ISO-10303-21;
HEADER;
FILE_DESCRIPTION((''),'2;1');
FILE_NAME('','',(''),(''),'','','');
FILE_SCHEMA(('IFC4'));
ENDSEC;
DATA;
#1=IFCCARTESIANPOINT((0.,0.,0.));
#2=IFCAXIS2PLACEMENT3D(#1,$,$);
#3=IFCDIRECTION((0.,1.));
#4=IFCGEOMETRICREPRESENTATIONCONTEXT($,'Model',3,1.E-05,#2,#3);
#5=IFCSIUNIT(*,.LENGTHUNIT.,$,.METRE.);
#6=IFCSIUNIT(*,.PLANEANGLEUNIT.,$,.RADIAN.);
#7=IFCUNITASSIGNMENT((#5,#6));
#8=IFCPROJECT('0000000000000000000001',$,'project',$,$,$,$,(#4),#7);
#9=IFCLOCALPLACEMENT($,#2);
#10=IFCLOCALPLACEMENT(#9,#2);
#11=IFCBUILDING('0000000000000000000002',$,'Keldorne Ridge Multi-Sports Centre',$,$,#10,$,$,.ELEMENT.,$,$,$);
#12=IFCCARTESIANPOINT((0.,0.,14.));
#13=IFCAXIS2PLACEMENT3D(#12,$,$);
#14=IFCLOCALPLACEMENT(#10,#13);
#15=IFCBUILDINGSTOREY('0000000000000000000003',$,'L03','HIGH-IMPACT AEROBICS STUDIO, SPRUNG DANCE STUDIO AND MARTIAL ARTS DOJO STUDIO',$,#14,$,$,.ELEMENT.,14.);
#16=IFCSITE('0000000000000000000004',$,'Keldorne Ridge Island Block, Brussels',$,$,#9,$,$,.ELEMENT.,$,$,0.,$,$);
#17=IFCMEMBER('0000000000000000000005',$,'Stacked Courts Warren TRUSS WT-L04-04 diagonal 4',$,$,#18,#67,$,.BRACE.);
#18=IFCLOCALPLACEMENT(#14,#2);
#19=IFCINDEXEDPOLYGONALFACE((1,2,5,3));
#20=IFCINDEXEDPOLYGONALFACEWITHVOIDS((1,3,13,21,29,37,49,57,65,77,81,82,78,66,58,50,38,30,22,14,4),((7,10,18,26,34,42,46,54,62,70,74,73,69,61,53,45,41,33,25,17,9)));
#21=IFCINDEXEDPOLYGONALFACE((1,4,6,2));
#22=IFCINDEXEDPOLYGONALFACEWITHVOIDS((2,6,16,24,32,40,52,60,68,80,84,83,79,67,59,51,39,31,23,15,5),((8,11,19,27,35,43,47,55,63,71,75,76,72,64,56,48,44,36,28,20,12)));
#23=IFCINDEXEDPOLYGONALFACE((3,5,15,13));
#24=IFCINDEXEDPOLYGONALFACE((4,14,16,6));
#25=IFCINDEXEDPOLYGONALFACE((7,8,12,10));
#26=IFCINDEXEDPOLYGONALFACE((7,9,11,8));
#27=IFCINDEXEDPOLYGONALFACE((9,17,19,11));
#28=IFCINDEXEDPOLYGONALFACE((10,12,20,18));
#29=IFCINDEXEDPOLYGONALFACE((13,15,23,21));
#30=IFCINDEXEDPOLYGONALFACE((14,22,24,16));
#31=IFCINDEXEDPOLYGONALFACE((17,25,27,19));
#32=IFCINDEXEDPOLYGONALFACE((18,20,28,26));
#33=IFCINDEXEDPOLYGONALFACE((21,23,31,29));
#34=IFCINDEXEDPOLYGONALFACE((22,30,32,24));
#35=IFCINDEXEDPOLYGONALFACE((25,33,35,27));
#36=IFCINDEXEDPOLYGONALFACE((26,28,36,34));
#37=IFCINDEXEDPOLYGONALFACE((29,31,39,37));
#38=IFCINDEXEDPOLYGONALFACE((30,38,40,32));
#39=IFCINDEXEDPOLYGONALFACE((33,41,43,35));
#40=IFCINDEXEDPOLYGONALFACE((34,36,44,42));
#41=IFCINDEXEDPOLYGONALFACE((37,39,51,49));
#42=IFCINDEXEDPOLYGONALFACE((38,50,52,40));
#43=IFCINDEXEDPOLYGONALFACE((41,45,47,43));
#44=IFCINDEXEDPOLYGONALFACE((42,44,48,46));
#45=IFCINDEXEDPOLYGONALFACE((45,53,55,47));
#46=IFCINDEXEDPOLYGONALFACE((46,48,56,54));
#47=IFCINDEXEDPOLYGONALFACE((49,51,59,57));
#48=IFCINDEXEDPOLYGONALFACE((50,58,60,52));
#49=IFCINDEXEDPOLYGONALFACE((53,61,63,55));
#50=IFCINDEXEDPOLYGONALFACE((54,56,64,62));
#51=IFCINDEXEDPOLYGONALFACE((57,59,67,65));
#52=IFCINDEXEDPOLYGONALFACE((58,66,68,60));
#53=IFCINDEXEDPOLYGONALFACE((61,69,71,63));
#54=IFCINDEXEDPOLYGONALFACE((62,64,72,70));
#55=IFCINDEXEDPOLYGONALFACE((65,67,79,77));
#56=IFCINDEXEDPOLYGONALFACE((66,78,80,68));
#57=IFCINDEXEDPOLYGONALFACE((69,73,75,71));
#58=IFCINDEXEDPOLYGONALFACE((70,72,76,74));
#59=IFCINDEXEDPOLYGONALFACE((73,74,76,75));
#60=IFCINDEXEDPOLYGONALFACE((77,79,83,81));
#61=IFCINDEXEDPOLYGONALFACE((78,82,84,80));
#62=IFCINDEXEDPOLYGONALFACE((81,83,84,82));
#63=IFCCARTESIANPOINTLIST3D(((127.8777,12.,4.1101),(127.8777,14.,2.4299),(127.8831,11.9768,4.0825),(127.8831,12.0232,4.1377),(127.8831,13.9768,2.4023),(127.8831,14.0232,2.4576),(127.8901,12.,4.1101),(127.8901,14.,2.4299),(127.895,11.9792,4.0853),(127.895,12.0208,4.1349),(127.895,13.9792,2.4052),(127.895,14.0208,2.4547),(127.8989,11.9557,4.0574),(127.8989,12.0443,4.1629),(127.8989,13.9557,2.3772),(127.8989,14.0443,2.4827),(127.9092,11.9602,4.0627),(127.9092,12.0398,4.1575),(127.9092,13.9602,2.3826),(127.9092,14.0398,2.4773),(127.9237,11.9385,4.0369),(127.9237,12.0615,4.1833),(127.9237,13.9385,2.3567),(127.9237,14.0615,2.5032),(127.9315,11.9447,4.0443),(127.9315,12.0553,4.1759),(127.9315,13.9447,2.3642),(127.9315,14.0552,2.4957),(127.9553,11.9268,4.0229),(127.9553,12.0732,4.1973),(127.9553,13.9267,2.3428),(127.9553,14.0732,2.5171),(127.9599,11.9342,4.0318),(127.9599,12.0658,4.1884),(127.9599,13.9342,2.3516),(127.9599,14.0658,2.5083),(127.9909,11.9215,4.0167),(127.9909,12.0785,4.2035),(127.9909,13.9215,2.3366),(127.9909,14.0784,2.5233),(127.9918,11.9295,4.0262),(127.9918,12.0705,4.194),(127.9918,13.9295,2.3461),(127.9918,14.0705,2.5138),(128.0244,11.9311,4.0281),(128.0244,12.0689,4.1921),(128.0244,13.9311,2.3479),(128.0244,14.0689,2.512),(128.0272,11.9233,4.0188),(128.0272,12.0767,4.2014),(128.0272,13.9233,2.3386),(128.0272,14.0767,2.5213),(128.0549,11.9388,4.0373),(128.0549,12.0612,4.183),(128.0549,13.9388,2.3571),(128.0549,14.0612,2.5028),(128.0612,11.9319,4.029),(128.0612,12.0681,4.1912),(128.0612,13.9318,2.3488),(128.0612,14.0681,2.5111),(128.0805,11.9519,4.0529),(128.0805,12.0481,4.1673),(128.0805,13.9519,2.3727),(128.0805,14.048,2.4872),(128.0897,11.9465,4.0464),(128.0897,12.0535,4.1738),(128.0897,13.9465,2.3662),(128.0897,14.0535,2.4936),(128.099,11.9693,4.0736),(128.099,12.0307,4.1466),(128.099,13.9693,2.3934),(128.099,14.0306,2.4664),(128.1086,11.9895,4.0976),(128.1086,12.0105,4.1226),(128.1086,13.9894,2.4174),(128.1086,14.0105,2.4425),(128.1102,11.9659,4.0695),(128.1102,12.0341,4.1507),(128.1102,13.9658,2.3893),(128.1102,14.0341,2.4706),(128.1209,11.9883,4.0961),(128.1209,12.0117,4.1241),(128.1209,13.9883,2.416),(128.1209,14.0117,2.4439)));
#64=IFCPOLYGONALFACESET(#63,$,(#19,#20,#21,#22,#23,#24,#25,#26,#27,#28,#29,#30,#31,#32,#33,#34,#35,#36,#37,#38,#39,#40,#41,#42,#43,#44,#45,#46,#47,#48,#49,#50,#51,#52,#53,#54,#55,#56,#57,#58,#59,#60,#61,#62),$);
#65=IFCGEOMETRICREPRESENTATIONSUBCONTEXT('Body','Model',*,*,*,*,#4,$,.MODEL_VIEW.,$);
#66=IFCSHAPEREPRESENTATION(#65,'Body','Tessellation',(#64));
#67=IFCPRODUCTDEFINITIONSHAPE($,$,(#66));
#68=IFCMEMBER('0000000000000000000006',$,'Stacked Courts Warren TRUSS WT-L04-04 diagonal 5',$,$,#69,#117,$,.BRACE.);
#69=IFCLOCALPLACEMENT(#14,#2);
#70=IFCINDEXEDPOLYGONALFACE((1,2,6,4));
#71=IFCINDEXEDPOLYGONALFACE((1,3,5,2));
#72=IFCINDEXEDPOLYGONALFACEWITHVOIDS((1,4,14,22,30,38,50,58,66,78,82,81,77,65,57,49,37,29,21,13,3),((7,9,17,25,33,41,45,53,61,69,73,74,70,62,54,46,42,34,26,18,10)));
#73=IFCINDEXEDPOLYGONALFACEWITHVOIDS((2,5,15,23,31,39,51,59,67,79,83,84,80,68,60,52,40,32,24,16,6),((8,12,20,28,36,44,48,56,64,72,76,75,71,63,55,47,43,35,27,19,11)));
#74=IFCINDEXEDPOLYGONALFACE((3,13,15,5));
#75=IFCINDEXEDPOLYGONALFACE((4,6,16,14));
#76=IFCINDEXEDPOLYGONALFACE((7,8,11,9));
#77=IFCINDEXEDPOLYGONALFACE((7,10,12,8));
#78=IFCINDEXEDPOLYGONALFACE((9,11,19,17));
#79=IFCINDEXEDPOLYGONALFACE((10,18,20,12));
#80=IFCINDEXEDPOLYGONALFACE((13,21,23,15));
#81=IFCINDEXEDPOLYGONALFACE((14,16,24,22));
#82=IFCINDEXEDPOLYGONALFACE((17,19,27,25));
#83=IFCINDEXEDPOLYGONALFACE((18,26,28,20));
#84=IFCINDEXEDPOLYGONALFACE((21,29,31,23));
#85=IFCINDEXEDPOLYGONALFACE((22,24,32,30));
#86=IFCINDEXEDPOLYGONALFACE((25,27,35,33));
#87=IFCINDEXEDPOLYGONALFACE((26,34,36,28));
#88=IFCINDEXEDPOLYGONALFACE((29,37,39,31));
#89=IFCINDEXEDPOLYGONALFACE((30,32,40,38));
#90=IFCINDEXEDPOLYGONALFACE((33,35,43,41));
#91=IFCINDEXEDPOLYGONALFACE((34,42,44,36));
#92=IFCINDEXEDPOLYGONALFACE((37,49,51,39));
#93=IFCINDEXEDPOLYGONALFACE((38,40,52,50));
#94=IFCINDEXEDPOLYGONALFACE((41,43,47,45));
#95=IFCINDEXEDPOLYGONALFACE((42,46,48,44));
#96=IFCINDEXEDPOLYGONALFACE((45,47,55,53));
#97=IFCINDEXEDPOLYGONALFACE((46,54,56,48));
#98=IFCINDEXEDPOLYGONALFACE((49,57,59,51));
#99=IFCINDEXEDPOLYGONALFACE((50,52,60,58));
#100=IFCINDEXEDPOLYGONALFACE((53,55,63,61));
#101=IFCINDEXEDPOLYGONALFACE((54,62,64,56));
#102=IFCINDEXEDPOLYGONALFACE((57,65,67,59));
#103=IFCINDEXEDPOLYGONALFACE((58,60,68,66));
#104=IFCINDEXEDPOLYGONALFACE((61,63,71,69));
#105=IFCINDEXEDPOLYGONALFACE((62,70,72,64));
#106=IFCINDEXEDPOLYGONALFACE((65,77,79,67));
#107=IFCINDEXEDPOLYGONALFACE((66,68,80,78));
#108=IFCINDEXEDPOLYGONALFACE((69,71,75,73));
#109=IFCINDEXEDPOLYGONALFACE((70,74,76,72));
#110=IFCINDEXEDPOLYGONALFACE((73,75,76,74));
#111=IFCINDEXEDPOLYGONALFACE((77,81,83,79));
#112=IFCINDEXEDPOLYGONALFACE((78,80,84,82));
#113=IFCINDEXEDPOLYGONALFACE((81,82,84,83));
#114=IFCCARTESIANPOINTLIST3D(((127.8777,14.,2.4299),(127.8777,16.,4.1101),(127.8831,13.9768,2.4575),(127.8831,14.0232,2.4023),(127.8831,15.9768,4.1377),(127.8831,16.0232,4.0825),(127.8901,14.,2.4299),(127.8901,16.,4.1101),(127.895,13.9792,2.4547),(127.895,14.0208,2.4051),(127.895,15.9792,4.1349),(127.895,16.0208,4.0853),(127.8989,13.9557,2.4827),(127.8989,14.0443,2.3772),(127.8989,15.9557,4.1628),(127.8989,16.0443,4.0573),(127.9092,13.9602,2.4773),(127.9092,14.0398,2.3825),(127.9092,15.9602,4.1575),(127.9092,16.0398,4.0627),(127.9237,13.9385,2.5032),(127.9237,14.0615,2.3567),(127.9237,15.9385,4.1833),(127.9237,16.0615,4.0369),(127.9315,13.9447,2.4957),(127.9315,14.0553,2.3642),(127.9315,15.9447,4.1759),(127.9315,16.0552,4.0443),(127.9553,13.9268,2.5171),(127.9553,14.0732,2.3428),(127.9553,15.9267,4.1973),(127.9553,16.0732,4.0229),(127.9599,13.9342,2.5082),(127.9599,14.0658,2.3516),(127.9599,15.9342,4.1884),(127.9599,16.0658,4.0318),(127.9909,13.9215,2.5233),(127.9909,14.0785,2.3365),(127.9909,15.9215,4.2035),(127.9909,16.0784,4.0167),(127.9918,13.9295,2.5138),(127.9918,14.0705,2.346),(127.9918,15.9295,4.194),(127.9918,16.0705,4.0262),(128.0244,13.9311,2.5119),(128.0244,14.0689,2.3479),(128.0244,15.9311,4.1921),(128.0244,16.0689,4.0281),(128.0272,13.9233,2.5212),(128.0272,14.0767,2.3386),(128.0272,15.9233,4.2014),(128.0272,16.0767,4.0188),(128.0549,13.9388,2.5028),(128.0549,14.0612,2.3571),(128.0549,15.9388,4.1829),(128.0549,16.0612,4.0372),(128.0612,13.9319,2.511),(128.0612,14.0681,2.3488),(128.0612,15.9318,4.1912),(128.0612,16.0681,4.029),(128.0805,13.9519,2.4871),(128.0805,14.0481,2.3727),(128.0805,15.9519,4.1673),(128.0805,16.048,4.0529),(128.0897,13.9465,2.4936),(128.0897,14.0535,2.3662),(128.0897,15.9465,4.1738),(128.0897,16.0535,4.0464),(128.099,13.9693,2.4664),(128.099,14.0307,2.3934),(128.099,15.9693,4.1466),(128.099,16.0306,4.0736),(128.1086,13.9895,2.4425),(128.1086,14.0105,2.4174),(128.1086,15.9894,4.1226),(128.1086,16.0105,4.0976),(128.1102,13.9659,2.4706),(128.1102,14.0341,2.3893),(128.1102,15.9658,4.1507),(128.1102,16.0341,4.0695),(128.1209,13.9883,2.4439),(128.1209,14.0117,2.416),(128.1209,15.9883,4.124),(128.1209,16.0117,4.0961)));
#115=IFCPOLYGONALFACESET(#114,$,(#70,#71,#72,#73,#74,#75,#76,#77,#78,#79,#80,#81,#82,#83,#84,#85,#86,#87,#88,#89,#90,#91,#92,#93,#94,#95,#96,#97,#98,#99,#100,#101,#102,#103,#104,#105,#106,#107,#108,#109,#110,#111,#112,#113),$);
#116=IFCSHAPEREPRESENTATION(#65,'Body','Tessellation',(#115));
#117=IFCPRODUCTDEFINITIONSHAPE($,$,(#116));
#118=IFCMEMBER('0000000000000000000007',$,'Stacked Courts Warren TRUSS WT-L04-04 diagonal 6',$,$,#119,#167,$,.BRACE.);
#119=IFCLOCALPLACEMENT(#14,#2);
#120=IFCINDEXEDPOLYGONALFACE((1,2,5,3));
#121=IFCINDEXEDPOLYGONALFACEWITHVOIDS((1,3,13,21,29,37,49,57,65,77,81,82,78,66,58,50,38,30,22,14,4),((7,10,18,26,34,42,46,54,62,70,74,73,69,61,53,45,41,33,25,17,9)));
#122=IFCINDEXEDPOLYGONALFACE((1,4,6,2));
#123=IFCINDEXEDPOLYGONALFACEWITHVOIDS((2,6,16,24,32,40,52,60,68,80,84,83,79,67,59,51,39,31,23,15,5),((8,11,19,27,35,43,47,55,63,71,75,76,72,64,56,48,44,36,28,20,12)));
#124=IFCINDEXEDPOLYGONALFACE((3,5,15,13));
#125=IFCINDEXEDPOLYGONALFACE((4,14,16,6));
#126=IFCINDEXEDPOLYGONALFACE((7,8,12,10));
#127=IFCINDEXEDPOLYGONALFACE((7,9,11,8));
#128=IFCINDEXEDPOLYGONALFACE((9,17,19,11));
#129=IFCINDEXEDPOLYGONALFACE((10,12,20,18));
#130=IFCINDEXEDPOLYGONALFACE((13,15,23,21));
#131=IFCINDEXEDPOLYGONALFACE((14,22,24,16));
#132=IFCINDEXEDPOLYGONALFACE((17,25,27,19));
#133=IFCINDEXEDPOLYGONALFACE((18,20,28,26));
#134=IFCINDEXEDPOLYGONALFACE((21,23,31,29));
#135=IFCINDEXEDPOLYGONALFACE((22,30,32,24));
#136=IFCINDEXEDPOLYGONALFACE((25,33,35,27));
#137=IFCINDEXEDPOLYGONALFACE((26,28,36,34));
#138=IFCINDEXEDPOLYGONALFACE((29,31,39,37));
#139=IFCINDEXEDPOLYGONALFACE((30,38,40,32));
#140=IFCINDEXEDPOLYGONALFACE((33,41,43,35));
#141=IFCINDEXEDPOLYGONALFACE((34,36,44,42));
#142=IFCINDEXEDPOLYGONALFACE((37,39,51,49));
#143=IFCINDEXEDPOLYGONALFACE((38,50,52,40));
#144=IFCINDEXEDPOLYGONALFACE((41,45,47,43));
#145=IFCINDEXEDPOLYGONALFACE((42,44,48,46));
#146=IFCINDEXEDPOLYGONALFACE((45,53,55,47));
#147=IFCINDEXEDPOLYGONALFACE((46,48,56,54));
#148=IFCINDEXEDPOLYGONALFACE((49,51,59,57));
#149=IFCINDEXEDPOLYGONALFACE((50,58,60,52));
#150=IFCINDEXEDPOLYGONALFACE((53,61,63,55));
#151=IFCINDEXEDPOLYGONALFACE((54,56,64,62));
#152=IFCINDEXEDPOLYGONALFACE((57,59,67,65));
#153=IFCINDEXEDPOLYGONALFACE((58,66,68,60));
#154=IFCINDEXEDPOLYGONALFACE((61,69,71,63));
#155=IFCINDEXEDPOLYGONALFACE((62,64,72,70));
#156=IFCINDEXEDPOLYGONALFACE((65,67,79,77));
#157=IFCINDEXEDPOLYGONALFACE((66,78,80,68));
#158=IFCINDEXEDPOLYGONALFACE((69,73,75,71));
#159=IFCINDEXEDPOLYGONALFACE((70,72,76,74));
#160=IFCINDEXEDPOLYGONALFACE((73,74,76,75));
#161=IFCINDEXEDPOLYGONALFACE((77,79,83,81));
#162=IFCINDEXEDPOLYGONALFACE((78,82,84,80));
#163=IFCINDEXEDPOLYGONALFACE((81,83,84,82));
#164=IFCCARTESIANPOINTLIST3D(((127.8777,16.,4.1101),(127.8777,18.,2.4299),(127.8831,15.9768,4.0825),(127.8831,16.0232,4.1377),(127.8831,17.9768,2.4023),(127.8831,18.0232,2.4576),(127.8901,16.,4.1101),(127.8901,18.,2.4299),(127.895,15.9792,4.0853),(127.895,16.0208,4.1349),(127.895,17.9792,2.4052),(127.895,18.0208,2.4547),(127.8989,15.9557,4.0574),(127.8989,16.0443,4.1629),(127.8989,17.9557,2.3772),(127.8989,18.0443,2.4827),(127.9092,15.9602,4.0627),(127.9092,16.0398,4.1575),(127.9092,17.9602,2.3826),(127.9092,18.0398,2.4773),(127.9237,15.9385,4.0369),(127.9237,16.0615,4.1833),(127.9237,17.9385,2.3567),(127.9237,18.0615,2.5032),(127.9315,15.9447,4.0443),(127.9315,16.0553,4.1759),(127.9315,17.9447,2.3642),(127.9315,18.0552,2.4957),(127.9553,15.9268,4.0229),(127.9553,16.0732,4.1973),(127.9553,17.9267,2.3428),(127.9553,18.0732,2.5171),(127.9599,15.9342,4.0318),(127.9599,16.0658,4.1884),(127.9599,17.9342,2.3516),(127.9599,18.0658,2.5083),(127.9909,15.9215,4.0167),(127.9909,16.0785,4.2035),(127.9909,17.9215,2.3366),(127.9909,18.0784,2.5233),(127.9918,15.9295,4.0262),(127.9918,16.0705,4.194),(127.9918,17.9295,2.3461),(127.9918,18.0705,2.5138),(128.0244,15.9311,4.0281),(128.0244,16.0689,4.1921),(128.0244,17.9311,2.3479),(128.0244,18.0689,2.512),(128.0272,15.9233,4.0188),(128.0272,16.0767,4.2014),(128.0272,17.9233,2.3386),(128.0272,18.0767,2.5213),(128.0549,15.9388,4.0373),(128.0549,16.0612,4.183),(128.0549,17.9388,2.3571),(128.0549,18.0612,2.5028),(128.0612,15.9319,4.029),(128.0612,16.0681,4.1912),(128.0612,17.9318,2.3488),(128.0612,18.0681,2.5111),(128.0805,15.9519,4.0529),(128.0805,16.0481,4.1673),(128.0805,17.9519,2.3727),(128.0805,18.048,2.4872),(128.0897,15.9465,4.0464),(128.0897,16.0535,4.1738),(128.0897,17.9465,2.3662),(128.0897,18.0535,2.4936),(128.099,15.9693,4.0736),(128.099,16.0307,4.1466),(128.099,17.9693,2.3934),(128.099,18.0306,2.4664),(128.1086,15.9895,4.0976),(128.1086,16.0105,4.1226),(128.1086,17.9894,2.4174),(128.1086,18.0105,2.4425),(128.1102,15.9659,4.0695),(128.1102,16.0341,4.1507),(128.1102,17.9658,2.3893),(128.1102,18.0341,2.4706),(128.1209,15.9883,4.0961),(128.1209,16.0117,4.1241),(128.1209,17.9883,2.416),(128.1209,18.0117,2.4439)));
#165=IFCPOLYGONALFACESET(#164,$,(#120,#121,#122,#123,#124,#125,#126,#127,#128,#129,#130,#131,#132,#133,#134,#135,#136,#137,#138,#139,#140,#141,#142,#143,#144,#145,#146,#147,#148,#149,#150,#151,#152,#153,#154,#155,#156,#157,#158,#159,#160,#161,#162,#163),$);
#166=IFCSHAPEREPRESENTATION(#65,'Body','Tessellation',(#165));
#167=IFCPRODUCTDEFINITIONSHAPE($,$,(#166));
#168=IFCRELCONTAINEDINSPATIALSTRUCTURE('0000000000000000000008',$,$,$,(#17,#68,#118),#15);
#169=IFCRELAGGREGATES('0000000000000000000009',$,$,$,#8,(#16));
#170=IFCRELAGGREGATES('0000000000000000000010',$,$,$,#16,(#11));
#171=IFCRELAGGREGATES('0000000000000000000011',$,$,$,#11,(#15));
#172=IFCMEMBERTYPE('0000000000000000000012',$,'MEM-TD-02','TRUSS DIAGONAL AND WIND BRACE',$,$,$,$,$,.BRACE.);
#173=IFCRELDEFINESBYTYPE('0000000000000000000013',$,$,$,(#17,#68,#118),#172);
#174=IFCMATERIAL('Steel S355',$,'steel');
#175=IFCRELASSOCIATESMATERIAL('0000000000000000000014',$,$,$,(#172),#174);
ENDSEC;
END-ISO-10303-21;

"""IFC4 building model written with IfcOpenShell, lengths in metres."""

from ifc_helpers import new_model, si_unit, direction, frame, origin, origin_2d, place, context, subcontext, project, spatial, hollow_circle, extrude, material, material_profile, profile_set, type_object, element, save


model = new_model("IFC4")

# Units and contexts
model_context = context("Model", 3, precision=1e-05, world=origin(), true_north=direction((0.0, 1.0)))
body_context = subcontext(model_context, "Body", "Model", "MODEL_VIEW")
ifc_project = project(units=[si_unit("LENGTHUNIT", "METRE"), si_unit("PLANEANGLEUNIT", "RADIAN")], contexts=[model_context])

# Site, building, storey
site_placement = place(None, origin())
site = spatial("IfcSite", under=ifc_project, at=site_placement, Name="Keldorne Ridge Island Block, Brussels", CompositionType="ELEMENT", RefElevation=0.0)
building_placement = place(site_placement, origin())
building = spatial("IfcBuilding", under=site, at=building_placement, Name="Keldorne Ridge Multi-Sports Centre", CompositionType="ELEMENT")
storey_placement = place(building_placement, frame((0.0, 0.0, 14.0)))
storey = spatial("IfcBuildingStorey", under=building, at=storey_placement, Name="L03", Description="HIGH-IMPACT AEROBICS STUDIO, SPRUNG DANCE STUDIO AND MARTIAL ARTS DOJO STUDIO", CompositionType="ELEMENT", Elevation=14.0)

# Members
ifc_material = material(Name="Steel S355", Category="steel")
ifc_material_profile_1 = material_profile(ifc_material, hollow_circle(Radius=0.1223, WallThickness=0.0125, at=origin_2d()), Name="CHS 244.5x12.5")
ifc_profile_set_1 = profile_set([ifc_material_profile_1], Name="Steel S355")
member_type_1 = type_object("IfcMemberType", Name="MEM-TD-02", Description="TRUSS DIAGONAL AND WIND BRACE", PredefinedType="BRACE", material=ifc_profile_set_1)
for number, where, z_axis, x_axis, name in (
    (1, (128.0, 12.0, 4.1101), (0.0, 0.765672, -0.643232), (-1.0, 0.0, 0.0), "Stacked Courts Warren TRUSS WT-L04-04 diagonal 4"),
    (2, (128.0, 14.0, 2.4299), (0.0, 0.765672, 0.643232), (-1.0, 0.0, 0.0), "Stacked Courts Warren TRUSS WT-L04-04 diagonal 5"),
    (3, (128.0, 16.0, 4.1101), (0.0, 0.765672, -0.643232), (-1.0, 0.0, 0.0), "Stacked Courts Warren TRUSS WT-L04-04 diagonal 6"),
):
    element("IfcMember", number, at=place(storey_placement, frame(where, z_axis=z_axis, x_axis=x_axis)), inside=storey, type_object=member_type_1, Name=name, PredefinedType="BRACE", context=body_context, shape_type="SweptSolid", body=[
        extrude(hollow_circle(Radius=0.1223, WallThickness=0.0125, at=origin_2d()), origin(), (0.0, 0.0, 1.0), 2.6121),
    ])

save(model, "model.ifc")
